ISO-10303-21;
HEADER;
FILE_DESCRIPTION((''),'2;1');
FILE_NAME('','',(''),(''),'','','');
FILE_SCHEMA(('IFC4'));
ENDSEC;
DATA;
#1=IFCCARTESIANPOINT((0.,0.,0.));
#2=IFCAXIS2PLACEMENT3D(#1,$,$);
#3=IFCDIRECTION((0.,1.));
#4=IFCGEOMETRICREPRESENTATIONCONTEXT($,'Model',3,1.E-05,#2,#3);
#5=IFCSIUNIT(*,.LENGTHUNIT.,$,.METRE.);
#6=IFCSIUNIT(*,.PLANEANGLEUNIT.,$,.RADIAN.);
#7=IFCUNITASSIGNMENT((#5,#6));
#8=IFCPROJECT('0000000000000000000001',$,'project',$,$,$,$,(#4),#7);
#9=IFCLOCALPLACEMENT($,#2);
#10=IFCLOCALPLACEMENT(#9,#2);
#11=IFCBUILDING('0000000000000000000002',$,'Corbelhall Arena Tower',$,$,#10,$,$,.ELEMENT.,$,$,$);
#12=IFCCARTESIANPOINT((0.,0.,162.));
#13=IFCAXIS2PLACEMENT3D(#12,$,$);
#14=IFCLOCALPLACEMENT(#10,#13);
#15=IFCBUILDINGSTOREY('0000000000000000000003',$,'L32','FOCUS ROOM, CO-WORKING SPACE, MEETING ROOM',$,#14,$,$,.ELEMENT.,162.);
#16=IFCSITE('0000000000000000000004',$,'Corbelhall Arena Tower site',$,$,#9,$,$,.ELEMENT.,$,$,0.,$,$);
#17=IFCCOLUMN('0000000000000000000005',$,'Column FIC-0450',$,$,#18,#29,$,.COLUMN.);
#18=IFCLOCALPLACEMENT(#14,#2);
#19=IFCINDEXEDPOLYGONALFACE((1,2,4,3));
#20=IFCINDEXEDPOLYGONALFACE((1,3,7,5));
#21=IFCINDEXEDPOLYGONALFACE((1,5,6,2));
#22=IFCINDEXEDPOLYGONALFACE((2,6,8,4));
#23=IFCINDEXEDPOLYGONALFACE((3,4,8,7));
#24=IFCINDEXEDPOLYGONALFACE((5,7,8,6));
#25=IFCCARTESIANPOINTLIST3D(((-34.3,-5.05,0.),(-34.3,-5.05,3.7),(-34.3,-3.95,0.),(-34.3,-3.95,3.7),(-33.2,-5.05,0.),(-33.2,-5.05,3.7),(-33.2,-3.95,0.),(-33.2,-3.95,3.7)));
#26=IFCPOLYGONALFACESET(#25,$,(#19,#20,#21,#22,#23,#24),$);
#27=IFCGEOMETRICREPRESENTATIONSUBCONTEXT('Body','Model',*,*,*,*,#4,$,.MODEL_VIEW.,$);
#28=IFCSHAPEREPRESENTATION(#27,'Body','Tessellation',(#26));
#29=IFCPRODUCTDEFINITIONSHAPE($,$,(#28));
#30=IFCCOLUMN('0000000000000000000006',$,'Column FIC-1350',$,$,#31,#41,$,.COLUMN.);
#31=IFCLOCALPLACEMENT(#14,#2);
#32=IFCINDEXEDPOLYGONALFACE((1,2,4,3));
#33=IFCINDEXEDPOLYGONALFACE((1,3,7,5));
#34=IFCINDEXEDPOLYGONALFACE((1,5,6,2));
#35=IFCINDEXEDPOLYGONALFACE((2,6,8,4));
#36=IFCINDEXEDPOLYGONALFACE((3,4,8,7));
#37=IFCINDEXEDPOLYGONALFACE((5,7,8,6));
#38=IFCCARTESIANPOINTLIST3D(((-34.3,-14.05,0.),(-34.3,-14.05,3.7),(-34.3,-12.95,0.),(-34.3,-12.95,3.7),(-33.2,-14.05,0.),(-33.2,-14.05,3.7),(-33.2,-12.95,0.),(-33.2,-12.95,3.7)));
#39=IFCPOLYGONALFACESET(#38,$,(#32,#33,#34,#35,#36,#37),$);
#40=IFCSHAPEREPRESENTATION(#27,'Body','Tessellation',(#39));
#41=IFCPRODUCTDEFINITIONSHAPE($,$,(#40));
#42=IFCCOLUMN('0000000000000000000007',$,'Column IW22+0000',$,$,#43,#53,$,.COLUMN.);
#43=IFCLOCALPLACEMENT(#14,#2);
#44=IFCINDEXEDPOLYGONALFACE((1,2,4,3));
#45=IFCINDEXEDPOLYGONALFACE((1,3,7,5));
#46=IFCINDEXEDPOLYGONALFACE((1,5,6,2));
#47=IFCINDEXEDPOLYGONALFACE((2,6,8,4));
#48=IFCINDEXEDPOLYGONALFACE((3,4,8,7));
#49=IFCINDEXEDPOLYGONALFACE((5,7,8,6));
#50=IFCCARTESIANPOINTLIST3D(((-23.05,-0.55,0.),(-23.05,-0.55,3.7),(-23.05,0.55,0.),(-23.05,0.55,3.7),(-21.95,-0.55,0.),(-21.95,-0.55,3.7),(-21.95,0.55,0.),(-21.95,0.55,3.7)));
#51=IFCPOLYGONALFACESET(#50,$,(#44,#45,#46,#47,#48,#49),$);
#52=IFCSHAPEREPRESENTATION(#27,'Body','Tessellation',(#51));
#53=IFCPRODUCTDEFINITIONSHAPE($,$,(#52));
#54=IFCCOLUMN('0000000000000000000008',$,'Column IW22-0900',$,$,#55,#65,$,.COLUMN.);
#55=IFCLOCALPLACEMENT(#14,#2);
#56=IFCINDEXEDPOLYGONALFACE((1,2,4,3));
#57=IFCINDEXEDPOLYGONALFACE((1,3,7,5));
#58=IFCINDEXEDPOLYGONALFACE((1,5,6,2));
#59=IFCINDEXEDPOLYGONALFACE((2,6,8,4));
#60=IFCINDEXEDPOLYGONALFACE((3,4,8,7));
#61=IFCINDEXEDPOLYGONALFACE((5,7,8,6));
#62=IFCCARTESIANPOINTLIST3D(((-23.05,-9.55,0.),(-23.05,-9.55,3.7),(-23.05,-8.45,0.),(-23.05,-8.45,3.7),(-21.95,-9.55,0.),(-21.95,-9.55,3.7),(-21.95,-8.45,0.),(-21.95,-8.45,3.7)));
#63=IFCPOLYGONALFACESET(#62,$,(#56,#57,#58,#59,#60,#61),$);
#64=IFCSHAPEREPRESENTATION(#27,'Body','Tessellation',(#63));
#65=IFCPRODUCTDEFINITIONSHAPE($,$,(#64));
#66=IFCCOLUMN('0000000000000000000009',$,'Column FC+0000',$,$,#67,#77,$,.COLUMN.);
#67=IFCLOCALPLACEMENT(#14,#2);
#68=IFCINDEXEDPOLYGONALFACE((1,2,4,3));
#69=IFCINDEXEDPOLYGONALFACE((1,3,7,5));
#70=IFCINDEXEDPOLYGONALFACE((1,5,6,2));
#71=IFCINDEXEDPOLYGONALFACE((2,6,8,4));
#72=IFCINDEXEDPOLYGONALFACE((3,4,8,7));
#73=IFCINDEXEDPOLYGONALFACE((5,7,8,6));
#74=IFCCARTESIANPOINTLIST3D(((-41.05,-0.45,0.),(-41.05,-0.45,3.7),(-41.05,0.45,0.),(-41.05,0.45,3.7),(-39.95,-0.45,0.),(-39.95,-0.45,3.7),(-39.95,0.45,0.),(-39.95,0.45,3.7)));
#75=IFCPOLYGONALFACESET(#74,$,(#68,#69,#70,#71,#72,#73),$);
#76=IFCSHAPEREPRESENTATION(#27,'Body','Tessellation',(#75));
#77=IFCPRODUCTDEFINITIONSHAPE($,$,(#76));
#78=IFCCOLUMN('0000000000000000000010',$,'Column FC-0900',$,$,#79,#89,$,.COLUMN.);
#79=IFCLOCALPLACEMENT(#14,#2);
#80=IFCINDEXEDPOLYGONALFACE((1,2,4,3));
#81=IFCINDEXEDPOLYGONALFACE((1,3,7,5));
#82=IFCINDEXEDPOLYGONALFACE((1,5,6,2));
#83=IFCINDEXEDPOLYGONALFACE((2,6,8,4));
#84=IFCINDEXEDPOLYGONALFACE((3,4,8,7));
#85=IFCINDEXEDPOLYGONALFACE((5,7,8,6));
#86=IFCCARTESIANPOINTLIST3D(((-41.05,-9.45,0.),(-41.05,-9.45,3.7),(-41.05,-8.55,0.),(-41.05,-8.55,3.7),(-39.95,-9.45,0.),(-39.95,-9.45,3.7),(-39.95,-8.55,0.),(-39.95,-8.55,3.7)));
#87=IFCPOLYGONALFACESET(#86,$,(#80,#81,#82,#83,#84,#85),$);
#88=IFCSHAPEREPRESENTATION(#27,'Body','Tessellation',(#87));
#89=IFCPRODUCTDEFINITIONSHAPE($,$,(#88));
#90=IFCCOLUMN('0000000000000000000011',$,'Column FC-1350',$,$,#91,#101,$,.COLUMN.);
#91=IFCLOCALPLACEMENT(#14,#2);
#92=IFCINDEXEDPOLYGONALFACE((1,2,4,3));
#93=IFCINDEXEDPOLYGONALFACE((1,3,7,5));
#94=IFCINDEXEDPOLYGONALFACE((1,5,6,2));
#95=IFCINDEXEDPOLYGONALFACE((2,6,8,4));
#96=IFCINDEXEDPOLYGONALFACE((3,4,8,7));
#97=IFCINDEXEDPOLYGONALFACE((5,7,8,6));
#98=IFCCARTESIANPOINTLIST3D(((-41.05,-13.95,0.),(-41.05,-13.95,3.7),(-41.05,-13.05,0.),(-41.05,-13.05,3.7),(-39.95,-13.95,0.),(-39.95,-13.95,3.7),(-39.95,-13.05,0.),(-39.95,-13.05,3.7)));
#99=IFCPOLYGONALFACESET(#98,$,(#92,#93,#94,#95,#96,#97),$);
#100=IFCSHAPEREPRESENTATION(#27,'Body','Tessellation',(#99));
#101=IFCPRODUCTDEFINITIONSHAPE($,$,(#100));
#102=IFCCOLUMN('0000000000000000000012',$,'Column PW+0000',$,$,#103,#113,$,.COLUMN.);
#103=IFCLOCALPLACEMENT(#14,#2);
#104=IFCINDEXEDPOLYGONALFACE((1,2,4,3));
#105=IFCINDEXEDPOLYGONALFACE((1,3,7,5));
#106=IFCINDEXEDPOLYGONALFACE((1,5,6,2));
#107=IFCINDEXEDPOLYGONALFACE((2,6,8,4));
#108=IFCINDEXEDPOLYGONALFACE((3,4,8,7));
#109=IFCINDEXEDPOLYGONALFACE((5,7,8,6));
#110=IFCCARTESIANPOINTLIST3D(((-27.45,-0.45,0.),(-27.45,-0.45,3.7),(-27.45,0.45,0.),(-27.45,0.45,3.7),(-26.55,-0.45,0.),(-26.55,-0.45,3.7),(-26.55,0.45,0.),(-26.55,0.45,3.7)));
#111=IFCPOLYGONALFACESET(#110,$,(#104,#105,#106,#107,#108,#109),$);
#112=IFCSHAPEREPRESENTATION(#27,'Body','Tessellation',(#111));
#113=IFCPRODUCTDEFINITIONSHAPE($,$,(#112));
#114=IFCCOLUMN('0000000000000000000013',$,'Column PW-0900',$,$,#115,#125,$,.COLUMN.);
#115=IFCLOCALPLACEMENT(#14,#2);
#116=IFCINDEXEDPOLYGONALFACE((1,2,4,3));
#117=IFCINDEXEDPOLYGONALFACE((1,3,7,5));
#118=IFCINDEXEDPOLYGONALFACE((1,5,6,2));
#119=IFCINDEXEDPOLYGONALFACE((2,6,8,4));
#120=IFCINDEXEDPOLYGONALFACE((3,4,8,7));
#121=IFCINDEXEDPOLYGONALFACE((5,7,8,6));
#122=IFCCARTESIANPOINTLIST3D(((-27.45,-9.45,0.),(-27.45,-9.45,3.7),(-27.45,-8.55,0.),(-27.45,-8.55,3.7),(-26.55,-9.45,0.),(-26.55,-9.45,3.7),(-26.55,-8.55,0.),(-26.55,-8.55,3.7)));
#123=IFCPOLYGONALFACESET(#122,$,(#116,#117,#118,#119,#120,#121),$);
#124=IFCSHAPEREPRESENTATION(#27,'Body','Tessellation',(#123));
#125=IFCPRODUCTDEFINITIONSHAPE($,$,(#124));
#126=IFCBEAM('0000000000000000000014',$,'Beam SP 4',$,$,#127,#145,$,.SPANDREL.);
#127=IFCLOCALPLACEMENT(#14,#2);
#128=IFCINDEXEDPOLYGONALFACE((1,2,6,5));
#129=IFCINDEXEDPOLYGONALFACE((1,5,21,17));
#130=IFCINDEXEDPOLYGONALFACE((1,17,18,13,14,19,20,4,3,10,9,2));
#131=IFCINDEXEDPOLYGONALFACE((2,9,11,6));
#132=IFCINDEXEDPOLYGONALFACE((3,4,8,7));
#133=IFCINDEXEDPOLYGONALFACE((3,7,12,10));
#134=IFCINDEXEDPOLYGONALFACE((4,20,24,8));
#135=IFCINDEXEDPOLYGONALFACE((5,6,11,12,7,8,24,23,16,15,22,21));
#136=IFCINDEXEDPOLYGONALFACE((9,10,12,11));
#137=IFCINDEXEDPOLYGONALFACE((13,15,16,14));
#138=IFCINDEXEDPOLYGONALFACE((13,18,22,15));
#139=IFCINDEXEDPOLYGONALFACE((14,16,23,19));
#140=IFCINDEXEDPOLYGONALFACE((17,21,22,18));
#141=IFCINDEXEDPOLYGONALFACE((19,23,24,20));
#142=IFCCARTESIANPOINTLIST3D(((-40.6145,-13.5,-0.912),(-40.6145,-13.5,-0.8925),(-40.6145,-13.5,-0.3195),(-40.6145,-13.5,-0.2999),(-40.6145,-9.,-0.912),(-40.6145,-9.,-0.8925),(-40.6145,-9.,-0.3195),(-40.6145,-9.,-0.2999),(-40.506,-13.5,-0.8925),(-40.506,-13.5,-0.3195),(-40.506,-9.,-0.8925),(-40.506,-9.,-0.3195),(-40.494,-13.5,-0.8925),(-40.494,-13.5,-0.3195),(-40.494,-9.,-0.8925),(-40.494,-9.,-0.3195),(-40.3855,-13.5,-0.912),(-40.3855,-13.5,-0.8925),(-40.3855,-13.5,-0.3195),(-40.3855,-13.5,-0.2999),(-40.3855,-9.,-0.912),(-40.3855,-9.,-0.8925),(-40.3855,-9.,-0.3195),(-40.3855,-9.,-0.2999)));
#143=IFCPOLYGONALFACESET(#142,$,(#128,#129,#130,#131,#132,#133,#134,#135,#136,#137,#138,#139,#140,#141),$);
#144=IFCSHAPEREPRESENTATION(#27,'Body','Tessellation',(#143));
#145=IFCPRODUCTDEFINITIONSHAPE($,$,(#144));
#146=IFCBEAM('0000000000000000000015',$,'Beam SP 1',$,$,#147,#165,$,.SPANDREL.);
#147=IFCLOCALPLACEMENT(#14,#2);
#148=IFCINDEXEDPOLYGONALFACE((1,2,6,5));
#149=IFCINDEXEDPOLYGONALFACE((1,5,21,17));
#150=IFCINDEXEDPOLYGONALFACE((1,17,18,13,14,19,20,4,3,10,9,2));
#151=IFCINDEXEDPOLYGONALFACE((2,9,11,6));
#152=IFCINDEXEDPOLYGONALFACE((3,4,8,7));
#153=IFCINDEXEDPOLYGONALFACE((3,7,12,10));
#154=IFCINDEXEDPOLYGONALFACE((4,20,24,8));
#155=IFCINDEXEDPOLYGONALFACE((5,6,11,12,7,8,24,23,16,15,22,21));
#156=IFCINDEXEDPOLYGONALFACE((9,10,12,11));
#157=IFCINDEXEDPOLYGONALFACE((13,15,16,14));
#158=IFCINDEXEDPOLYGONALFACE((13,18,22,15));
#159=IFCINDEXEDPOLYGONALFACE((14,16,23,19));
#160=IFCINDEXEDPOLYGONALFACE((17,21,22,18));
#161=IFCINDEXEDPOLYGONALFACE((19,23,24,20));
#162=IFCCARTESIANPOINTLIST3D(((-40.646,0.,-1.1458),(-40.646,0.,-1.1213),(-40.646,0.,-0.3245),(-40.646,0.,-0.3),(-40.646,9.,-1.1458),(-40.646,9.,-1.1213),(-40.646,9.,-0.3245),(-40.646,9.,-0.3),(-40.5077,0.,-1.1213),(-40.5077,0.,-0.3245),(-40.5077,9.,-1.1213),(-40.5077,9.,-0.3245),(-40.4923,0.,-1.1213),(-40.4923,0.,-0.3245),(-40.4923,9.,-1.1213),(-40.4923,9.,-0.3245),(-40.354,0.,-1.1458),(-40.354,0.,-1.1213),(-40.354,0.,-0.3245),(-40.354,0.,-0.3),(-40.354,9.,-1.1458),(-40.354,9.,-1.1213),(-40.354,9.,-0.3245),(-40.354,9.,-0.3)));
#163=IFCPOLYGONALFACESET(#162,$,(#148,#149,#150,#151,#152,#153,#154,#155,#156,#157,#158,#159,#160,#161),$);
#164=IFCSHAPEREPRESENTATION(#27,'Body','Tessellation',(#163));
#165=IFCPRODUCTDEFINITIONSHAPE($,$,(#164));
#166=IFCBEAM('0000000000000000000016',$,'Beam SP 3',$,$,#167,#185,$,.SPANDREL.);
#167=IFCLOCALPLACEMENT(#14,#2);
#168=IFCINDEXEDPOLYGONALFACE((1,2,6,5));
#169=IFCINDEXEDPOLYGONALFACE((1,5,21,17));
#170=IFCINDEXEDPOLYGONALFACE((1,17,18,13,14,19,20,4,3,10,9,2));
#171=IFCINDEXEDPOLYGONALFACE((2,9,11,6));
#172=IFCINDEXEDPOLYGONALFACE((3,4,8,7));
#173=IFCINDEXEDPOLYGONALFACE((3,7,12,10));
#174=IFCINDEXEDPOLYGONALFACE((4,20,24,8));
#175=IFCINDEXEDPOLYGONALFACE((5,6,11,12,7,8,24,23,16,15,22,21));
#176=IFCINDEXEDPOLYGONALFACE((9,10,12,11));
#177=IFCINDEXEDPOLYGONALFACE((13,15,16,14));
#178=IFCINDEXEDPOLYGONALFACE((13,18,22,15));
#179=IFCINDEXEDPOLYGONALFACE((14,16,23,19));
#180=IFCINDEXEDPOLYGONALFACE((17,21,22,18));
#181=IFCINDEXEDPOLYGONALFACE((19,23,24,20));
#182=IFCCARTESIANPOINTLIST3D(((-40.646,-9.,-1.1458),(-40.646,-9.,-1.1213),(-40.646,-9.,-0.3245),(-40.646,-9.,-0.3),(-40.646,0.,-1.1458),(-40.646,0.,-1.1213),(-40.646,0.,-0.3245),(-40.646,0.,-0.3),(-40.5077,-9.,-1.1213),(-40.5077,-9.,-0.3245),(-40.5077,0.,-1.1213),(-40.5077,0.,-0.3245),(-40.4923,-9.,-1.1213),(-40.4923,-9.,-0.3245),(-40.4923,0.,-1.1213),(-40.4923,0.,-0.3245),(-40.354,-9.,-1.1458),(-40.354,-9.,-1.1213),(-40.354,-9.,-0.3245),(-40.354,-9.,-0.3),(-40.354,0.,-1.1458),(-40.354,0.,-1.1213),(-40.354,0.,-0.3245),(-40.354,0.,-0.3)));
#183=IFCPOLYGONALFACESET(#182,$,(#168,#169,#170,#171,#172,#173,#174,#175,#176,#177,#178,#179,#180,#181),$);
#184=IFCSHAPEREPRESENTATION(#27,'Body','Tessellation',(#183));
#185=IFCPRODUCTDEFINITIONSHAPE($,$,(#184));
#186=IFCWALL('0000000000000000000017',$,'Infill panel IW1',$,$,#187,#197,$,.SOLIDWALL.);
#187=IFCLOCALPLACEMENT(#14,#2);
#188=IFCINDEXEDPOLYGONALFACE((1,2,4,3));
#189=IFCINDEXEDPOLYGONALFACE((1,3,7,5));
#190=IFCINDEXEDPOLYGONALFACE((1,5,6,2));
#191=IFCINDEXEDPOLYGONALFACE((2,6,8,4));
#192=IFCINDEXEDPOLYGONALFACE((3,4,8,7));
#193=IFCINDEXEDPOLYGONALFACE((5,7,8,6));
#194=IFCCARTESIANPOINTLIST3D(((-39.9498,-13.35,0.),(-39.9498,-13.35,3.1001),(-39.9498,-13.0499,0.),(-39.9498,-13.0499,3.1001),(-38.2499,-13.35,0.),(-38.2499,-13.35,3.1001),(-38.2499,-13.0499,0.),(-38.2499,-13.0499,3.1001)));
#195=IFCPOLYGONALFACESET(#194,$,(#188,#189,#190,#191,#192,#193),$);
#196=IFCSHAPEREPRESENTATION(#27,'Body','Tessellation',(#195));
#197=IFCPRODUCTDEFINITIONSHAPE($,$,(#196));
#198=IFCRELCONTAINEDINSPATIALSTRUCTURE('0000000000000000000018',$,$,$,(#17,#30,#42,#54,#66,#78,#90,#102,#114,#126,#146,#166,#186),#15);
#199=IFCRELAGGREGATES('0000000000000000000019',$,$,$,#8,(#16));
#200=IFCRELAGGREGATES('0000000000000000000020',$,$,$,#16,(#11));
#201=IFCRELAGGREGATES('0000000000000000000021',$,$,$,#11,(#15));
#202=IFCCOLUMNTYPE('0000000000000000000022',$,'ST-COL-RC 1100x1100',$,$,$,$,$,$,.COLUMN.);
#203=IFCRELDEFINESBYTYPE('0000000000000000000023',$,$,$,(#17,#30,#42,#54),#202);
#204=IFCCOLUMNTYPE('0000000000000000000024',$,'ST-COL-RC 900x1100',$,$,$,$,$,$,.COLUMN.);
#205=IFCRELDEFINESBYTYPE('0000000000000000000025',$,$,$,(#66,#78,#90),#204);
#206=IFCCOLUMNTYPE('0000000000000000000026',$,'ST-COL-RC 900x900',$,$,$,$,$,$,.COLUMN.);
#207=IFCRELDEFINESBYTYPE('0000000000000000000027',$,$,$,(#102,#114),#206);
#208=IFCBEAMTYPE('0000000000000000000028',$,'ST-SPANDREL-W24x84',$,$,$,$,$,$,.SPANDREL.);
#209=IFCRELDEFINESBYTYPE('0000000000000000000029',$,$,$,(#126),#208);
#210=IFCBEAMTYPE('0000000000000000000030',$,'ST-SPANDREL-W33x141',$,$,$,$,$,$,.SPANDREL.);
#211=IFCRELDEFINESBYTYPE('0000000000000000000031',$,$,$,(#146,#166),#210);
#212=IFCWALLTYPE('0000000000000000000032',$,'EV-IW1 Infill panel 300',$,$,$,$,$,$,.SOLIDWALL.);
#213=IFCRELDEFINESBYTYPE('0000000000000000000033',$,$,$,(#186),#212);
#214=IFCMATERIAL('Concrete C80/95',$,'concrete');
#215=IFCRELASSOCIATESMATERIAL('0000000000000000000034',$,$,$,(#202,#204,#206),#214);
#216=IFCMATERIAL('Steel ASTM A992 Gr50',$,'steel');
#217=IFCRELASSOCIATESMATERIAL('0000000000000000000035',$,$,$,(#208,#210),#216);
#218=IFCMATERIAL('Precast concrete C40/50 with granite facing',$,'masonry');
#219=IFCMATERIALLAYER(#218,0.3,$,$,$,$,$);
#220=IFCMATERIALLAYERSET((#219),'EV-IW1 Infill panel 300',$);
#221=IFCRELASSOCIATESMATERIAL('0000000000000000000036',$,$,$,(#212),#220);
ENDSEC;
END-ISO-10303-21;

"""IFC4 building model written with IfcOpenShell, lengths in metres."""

from ifc_helpers import new_model, si_unit, direction, frame, frame_2d, origin, origin_2d, place, context, subcontext, project, spatial, rectangle, i_section, extrude, material, layer, layer_set, material_profile, profile_set, type_object, element, save


model = new_model("IFC4")

# Units and contexts
model_context = context("Model", 3, precision=1e-05, world=origin(), true_north=direction((0.0, 1.0)))
body_context = subcontext(model_context, "Body", "Model", "MODEL_VIEW")
ifc_project = project(units=[si_unit("LENGTHUNIT", "METRE"), si_unit("PLANEANGLEUNIT", "RADIAN")], contexts=[model_context])

# Site, building, storey
site_placement = place(None, origin())
site = spatial("IfcSite", under=ifc_project, at=site_placement, Name="Corbelhall Arena Tower site", CompositionType="ELEMENT", RefElevation=0.0)
building_placement = place(site_placement, origin())
building = spatial("IfcBuilding", under=site, at=building_placement, Name="Corbelhall Arena Tower", CompositionType="ELEMENT")
storey_placement = place(building_placement, frame((0.0, 0.0, 162.0)))
storey = spatial("IfcBuildingStorey", under=building, at=storey_placement, Name="L32", Description="FOCUS ROOM, CO-WORKING SPACE, MEETING ROOM", CompositionType="ELEMENT", Elevation=162.0)

# Columns
ifc_material_1 = material(Name="Concrete C80/95", Category="concrete")
ifc_material_profile_1 = material_profile(ifc_material_1, rectangle(XDim=1.1001, YDim=1.1001, at=origin_2d()))
ifc_profile_set_1 = profile_set([ifc_material_profile_1], Name="Concrete C80/95")
column_type_1 = type_object("IfcColumnType", Name="ST-COL-RC 1100x1100", PredefinedType="COLUMN", material=ifc_profile_set_1)
for number, where, z_axis, x_axis, name in (
    (1, (-33.75, -4.5, 0.0), (0.0, 0.0, 1.0), (1.0, 0.0, 0.0), "Column FIC-0450"),
    (2, (-33.75, -13.5, 0.0), (0.0, 0.0, 1.0), (1.0, 0.0, 0.0), "Column FIC-1350"),
    (3, (-22.5, 0.0, 0.0), (0.0, 0.0, 1.0), (1.0, 0.0, 0.0), "Column IW22+0000"),
    (4, (-22.5, -9.0, 0.0), (0.0, 0.0, 1.0), (1.0, 0.0, 0.0), "Column IW22-0900"),
):
    element("IfcColumn", number, at=place(storey_placement, frame(where, z_axis=z_axis, x_axis=x_axis)), inside=storey, type_object=column_type_1, Name=name, PredefinedType="COLUMN", context=body_context, shape_type="SweptSolid", body=[
        extrude(rectangle(XDim=1.1001, YDim=1.1001, at=origin_2d()), origin(), (0.0, 0.0, 1.0), 3.7),
    ])
ifc_material_profile_2 = material_profile(ifc_material_1, rectangle(XDim=0.8999, YDim=1.1001, at=origin_2d()))
ifc_profile_set_2 = profile_set([ifc_material_profile_2], Name="Concrete C80/95")
column_type_2 = type_object("IfcColumnType", Name="ST-COL-RC 900x1100", PredefinedType="COLUMN", material=ifc_profile_set_2)
for number, where, z_axis, x_axis, name in (
    (5, (-40.5, 0.0, 0.0), (0.0, 0.0, 1.0), (0.0, 1.0, 0.0), "Column FC+0000"),
    (6, (-40.5, -9.0, 0.0), (0.0, 0.0, 1.0), (0.0, 1.0, 0.0), "Column FC-0900"),
    (7, (-40.5, -13.5, 0.0), (0.0, 0.0, 1.0), (0.0, 1.0, 0.0), "Column FC-1350"),
):
    element("IfcColumn", number, at=place(storey_placement, frame(where, z_axis=z_axis, x_axis=x_axis)), inside=storey, type_object=column_type_2, Name=name, PredefinedType="COLUMN", context=body_context, shape_type="SweptSolid", body=[
        extrude(rectangle(XDim=0.8999, YDim=1.1001, at=origin_2d()), origin(), (0.0, 0.0, 1.0), 3.7),
    ])
ifc_material_profile_3 = material_profile(ifc_material_1, rectangle(XDim=0.8999, YDim=0.8999, at=origin_2d()))
ifc_profile_set_3 = profile_set([ifc_material_profile_3], Name="Concrete C80/95")
column_type_3 = type_object("IfcColumnType", Name="ST-COL-RC 900x900", PredefinedType="COLUMN", material=ifc_profile_set_3)
for number, where, z_axis, x_axis, name in (
    (8, (-27.0, 0.0, 0.0), (0.0, 0.0, 1.0), (1.0, 0.0, 0.0), "Column PW+0000"),
    (9, (-27.0, -9.0, 0.0), (0.0, 0.0, 1.0), (1.0, 0.0, 0.0), "Column PW-0900"),
):
    element("IfcColumn", number, at=place(storey_placement, frame(where, z_axis=z_axis, x_axis=x_axis)), inside=storey, type_object=column_type_3, Name=name, PredefinedType="COLUMN", context=body_context, shape_type="SweptSolid", body=[
        extrude(rectangle(XDim=0.8999, YDim=0.8999, at=origin_2d()), origin(), (0.0, 0.0, 1.0), 3.7),
    ])

# Beams
ifc_material_2 = material(Name="Steel ASTM A992 Gr50", Category="steel")
ifc_material_profile_4 = material_profile(ifc_material_2, i_section(OverallWidth=0.229, OverallDepth=0.6121, WebThickness=0.012, FlangeThickness=0.0195, at=origin_2d()))
ifc_profile_set_4 = profile_set([ifc_material_profile_4], Name="Steel ASTM A992 Gr50")
beam_type_1 = type_object("IfcBeamType", Name="ST-SPANDREL-W24x84", PredefinedType="SPANDREL", material=ifc_profile_set_4)
beam_placement = place(storey_placement, frame((-40.5, -13.5, -0.606), z_axis=(0.0, 1.0, 0.0), x_axis=(-1.0, 0.0, 0.0)))
element("IfcBeam", 10, at=beam_placement, inside=storey, type_object=beam_type_1, Name="Beam SP 4", PredefinedType="SPANDREL", context=body_context, shape_type="SweptSolid", body=[
    extrude(i_section(OverallWidth=0.229, OverallDepth=0.6121, WebThickness=0.012, FlangeThickness=0.0195, at=origin_2d()), origin(), (0.0, 0.0, 1.0), 4.5),
])
ifc_material_profile_5 = material_profile(ifc_material_2, i_section(OverallWidth=0.292, OverallDepth=0.8457, WebThickness=0.0154, FlangeThickness=0.0244, at=origin_2d()))
ifc_profile_set_5 = profile_set([ifc_material_profile_5], Name="Steel ASTM A992 Gr50")
beam_type_2 = type_object("IfcBeamType", Name="ST-SPANDREL-W33x141", PredefinedType="SPANDREL", material=ifc_profile_set_5)
for number, where, z_axis, x_axis, name in (
    (11, (-40.5, 0.0, -0.7229), (0.0, 1.0, 0.0), (-1.0, 0.0, 0.0), "Beam SP 1"),
    (12, (-40.5, -9.0, -0.7229), (0.0, 1.0, 0.0), (-1.0, 0.0, 0.0), "Beam SP 3"),
):
    element("IfcBeam", number, at=place(storey_placement, frame(where, z_axis=z_axis, x_axis=x_axis)), inside=storey, type_object=beam_type_2, Name=name, PredefinedType="SPANDREL", context=body_context, shape_type="SweptSolid", body=[
        extrude(i_section(OverallWidth=0.292, OverallDepth=0.8457, WebThickness=0.0154, FlangeThickness=0.0244, at=origin_2d()), origin(), (0.0, 0.0, 1.0), 9.0),
    ])

# Wall
ifc_material_3 = material(Name="Precast concrete C40/50 with granite facing", Category="masonry")
ifc_layer_1 = layer(ifc_material_3, 0.3)
ifc_layer_set_1 = layer_set([ifc_layer_1], Name="EV-IW1 Infill panel 300")
wall_type_1 = type_object("IfcWallType", Name="EV-IW1 Infill panel 300", PredefinedType="SOLIDWALL", material=ifc_layer_set_1)
wall_1_placement = place(storey_placement, frame((-39.95, -13.2, 0.0), z_axis=(0.0, 0.0, 1.0), x_axis=(1.0, 0.0, 0.0)))
element("IfcWall", 13, at=wall_1_placement, inside=storey, type_object=wall_type_1, Name="Infill panel IW1", PredefinedType="SOLIDWALL", context=body_context, shape_type="SweptSolid", body=[
    extrude(rectangle(XDim=1.7, YDim=0.3, at=frame_2d((0.8501, 0.0))), origin(), (0.0, 0.0, 1.0), 3.1001),
])

save(model, "model.ifc")
